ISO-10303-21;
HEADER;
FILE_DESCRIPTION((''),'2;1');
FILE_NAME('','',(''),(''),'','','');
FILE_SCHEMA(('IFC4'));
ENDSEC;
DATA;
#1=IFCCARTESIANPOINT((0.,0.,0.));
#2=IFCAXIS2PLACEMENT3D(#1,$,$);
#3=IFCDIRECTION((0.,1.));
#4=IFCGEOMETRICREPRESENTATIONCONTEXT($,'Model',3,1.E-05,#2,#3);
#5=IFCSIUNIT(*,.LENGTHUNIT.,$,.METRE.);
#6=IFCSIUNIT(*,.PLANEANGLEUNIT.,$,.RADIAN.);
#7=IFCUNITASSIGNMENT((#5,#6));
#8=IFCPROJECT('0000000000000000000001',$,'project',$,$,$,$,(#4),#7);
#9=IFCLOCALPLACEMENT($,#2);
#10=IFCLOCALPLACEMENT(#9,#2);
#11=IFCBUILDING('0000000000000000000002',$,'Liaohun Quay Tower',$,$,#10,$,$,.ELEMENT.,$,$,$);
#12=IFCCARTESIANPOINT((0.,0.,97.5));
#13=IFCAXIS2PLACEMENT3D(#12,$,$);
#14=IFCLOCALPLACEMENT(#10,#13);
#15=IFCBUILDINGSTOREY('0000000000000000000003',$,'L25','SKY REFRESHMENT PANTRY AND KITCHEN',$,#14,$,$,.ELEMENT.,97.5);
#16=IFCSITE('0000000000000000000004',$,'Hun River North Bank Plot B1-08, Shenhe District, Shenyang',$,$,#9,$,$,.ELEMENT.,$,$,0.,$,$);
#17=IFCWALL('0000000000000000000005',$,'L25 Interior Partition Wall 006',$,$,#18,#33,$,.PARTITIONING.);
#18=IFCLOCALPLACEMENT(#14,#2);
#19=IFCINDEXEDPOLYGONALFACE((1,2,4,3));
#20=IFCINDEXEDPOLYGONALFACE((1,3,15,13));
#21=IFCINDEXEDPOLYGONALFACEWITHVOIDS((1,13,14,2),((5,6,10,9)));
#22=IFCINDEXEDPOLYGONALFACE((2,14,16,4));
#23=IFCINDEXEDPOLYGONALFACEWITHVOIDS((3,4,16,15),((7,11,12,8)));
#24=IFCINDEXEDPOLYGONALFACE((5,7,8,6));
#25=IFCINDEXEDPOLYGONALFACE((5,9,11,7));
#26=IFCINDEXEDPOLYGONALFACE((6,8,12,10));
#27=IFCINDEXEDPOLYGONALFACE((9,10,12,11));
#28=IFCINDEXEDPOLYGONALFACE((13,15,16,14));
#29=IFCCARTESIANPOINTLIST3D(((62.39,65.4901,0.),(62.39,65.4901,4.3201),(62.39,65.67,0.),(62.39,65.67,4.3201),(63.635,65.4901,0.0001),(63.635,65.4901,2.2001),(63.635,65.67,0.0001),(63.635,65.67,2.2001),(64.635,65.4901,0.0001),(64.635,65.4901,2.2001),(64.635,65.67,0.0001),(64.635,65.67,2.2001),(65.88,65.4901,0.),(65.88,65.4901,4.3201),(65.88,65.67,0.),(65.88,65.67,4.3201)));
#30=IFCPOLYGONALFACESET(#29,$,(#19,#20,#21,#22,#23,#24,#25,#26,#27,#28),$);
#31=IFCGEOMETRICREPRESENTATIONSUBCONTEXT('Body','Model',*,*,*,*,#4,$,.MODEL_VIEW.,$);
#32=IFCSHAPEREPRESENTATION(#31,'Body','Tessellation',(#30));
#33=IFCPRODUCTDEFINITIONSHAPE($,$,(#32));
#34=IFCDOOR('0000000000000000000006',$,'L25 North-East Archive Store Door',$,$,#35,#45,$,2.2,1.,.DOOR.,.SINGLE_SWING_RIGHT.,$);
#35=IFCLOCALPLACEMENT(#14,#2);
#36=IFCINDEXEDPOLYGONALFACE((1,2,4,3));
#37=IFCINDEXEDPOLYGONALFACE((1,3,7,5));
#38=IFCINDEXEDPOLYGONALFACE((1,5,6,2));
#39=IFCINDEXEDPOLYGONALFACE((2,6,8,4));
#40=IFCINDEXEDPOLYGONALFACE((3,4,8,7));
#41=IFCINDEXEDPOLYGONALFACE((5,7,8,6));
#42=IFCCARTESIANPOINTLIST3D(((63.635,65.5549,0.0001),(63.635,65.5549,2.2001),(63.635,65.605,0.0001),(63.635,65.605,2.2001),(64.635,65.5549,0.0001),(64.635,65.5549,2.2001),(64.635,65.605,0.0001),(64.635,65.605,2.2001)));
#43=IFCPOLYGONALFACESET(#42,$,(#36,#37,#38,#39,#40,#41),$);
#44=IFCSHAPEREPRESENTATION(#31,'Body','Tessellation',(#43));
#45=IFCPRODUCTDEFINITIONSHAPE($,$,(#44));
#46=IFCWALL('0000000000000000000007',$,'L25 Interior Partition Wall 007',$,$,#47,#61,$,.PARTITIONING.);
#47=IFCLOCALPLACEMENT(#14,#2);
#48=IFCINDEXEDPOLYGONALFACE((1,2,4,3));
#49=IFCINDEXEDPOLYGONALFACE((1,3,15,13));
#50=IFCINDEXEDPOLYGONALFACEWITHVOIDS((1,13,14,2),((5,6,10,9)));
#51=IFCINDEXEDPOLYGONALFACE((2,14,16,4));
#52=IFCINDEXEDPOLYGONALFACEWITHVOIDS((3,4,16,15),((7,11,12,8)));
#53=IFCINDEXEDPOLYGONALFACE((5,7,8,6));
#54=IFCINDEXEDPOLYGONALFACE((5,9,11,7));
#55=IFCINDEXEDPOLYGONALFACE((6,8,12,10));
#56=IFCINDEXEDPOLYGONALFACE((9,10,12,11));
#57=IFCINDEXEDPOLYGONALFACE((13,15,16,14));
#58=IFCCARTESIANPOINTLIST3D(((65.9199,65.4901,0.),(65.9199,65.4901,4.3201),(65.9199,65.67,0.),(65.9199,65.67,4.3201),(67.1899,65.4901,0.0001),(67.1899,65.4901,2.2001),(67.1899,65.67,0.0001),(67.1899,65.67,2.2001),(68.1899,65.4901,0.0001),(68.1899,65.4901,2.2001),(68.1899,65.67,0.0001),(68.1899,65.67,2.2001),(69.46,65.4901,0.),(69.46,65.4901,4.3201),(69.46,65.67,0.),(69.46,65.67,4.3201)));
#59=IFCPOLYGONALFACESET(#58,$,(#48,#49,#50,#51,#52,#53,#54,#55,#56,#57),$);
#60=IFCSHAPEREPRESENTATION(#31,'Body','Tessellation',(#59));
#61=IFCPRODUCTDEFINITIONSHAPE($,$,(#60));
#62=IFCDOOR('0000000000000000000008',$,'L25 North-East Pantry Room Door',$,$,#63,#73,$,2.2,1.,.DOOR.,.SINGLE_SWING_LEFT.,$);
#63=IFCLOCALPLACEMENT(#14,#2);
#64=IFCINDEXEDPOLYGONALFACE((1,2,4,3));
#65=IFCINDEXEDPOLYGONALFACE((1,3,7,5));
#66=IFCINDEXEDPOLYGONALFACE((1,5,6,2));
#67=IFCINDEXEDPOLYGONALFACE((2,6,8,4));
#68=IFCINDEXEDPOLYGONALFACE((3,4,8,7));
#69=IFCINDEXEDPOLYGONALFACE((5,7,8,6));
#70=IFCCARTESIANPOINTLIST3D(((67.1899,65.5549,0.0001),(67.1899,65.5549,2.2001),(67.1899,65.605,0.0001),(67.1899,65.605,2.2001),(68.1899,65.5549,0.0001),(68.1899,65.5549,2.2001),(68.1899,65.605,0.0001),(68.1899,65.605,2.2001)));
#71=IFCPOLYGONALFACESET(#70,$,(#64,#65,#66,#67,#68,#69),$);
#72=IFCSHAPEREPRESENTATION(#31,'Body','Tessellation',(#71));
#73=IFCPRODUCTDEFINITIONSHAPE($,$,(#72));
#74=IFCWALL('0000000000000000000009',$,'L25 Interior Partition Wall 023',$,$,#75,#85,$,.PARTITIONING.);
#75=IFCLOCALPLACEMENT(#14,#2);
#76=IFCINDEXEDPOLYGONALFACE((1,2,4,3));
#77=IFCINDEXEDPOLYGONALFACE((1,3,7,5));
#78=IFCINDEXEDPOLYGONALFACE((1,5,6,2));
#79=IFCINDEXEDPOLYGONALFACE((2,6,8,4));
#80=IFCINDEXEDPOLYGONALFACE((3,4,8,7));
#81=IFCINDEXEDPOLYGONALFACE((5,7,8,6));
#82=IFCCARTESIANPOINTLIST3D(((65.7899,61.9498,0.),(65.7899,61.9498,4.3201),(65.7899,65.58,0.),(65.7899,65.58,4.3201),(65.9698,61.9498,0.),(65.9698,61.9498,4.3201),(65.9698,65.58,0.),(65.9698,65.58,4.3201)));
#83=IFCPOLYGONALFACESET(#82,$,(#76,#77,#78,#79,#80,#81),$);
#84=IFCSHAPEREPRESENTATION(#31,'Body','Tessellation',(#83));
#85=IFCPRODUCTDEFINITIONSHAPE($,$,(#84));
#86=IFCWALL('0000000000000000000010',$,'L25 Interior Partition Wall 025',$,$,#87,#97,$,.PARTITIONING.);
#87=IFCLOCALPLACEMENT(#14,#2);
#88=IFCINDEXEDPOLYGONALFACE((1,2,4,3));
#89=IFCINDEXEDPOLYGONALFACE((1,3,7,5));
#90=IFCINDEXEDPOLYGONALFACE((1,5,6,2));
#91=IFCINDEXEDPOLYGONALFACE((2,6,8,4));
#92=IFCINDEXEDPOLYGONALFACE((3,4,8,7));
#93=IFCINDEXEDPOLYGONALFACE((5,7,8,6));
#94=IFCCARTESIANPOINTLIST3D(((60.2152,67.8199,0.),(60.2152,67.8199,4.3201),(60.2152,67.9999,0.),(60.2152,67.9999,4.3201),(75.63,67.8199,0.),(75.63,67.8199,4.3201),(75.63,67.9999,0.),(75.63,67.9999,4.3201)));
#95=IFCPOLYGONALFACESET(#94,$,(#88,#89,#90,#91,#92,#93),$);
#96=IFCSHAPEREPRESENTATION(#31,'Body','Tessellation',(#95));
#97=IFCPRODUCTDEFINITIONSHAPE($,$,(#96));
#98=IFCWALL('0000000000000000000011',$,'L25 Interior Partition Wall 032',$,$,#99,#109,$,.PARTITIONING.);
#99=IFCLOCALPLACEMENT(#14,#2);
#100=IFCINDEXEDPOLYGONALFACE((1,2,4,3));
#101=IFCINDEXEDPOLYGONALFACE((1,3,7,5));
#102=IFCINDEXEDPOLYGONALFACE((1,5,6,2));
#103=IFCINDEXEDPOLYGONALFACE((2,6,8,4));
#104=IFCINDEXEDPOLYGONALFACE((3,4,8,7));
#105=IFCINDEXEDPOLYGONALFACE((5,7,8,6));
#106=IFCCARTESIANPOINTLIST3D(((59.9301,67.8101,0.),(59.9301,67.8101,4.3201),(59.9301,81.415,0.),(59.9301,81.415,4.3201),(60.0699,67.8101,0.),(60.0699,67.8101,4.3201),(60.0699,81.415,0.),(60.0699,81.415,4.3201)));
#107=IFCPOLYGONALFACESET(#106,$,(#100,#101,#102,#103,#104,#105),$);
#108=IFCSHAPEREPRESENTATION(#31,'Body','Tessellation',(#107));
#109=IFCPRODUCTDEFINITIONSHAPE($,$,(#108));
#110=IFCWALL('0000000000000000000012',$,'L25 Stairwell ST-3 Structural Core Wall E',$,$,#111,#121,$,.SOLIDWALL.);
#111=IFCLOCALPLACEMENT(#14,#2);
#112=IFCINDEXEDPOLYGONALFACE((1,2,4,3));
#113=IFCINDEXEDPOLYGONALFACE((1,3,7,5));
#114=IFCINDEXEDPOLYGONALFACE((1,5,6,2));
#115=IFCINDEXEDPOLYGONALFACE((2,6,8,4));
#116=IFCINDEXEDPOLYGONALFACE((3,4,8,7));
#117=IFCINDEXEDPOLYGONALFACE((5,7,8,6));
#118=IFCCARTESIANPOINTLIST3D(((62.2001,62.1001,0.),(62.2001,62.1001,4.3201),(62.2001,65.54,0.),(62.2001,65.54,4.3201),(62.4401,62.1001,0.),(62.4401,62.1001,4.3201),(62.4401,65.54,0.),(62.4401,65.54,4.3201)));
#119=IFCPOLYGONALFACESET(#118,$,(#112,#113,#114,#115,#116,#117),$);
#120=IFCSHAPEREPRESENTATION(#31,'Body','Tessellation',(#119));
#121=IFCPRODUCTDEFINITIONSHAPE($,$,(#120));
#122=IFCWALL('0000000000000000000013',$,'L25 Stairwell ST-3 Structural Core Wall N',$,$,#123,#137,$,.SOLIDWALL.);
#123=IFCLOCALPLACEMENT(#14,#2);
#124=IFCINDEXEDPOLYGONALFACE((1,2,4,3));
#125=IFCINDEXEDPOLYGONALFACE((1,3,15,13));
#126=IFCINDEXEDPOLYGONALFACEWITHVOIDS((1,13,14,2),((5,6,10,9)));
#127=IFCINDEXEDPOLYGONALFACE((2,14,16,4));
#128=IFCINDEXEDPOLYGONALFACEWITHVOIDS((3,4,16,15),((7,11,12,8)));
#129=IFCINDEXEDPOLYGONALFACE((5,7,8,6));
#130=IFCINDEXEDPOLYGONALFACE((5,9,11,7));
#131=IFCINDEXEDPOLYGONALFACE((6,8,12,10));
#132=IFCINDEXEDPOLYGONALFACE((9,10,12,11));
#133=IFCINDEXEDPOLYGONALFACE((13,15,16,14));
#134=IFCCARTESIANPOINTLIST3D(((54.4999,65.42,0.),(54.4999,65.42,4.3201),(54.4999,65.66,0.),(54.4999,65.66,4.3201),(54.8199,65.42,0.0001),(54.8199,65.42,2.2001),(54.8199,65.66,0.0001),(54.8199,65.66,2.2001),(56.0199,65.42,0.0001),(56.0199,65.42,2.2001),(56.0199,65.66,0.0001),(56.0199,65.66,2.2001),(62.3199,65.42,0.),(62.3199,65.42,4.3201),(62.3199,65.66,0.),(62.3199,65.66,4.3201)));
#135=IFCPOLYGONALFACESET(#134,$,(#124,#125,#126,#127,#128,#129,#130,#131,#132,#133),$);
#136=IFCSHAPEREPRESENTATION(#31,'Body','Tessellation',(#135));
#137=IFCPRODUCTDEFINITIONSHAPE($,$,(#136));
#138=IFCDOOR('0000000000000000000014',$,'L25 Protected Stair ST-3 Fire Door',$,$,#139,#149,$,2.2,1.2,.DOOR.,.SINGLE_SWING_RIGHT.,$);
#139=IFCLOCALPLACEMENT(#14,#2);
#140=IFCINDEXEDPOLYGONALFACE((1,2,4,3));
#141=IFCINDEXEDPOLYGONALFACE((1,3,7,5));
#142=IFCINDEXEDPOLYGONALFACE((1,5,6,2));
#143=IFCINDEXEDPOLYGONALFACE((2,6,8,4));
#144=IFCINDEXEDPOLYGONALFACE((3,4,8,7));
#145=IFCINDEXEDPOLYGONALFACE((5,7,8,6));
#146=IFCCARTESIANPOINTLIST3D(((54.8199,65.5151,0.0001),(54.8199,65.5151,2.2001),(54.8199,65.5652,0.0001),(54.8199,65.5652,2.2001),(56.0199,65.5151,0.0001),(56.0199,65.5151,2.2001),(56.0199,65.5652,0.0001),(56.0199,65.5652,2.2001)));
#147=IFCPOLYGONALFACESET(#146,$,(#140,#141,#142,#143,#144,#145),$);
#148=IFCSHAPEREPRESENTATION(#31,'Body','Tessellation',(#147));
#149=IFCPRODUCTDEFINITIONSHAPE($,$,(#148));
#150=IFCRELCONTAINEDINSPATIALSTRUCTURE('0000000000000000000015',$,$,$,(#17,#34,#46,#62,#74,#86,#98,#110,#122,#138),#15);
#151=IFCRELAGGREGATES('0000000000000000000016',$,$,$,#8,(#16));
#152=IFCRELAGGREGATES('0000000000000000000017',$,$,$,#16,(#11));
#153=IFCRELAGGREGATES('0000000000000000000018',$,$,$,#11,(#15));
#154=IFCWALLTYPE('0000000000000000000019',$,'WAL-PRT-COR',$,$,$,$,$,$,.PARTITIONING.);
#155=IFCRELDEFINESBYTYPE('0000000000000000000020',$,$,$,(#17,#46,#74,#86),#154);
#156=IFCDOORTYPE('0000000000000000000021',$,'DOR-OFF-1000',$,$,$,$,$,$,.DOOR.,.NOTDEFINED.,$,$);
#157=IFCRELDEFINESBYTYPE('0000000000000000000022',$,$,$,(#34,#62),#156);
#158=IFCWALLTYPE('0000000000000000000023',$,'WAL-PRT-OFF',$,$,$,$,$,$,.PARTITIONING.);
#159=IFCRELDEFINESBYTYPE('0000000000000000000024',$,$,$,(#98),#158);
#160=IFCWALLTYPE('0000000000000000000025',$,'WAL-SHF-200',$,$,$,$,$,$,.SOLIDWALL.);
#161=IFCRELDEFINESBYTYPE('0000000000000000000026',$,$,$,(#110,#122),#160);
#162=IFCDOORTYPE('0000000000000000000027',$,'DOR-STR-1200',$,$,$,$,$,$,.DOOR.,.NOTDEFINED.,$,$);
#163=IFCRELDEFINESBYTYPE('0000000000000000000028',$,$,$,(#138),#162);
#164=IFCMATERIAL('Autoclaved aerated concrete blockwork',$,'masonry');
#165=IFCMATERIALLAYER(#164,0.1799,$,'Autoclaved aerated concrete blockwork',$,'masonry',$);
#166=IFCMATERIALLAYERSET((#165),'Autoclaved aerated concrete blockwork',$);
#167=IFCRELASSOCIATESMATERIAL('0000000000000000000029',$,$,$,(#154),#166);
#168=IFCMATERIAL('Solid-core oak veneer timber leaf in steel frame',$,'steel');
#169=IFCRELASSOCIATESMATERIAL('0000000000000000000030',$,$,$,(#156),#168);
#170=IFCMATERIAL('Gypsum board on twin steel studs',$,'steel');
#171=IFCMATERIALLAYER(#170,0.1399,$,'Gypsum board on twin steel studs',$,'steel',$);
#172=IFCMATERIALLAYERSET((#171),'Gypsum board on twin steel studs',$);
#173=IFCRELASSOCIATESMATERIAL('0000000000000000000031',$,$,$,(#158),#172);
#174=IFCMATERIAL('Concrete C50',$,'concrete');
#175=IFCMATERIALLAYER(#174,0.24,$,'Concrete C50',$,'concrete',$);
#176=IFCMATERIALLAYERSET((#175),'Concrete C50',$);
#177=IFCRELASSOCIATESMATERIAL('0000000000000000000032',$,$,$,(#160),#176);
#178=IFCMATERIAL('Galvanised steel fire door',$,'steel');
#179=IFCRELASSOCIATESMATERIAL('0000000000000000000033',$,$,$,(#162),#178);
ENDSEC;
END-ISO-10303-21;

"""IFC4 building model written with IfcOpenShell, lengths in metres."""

from ifc_helpers import new_model, si_unit, direction, frame, frame_2d, origin, place, context, subcontext, project, spatial, rectangle, extrude, source, transform, mapped, material, layer, layer_set, type_object, element, fill, save


model = new_model("IFC4")

# Units and contexts
model_context = context("Model", 3, precision=1e-05, world=origin(), true_north=direction((0.0, 1.0)))
body_context = subcontext(model_context, "Body", "Model", "MODEL_VIEW")
ifc_project = project(units=[si_unit("LENGTHUNIT", "METRE"), si_unit("PLANEANGLEUNIT", "RADIAN")], contexts=[model_context])

# Site, building, storey
site_placement = place(None, origin())
site = spatial("IfcSite", under=ifc_project, at=site_placement, Name="Hun River North Bank Plot B1-08, Shenhe District, Shenyang", CompositionType="ELEMENT", RefElevation=0.0)
building_placement = place(site_placement, origin())
building = spatial("IfcBuilding", under=site, at=building_placement, Name="Liaohun Quay Tower", CompositionType="ELEMENT")
storey_placement = place(building_placement, frame((0.0, 0.0, 97.5)))
storey = spatial("IfcBuildingStorey", under=building, at=storey_placement, Name="L25", Description="SKY REFRESHMENT PANTRY AND KITCHEN", CompositionType="ELEMENT", Elevation=97.5)

# Walls, openings, doors
ifc_material_1 = material(Name="Autoclaved aerated concrete blockwork", Category="masonry")
ifc_layer_1 = layer(ifc_material_1, 0.1799, Name="Autoclaved aerated concrete blockwork", Category="masonry")
ifc_layer_set_1 = layer_set([ifc_layer_1], Name="Autoclaved aerated concrete blockwork")
wall_type_1 = type_object("IfcWallType", Name="WAL-PRT-COR", PredefinedType="PARTITIONING", material=ifc_layer_set_1)
wall_1_placement = place(storey_placement, frame((62.3899, 65.5801, 0.0), z_axis=(0.0, 0.0, 1.0), x_axis=(1.0, 0.0, 0.0)))
wall_1 = element("IfcWall", 1, at=wall_1_placement, inside=storey, type_object=wall_type_1, Name="L25 Interior Partition Wall 006", PredefinedType="PARTITIONING", context=body_context, shape_type="SweptSolid", body=[
    extrude(rectangle(XDim=3.49, YDim=0.1799, at=frame_2d((1.7451, 0.0))), origin(), (0.0, 0.0, 1.0), 4.3201),
])
shared_shape_1 = source(origin(), body_context, "Body", "SweptSolid", [
    extrude(rectangle(XDim=1.0, YDim=2.2, at=frame_2d((0.5, 1.1001))), frame((0.0, 0.0999, 0.0), z_axis=(0.0, -1.0, 0.0), x_axis=(1.0, 0.0, 0.0)), (0.0, 0.0, 1.0), 0.2),
])
opening_1_placement = place(wall_1_placement, frame((1.2451, 0.0, 0.0)))
opening_1 = element("IfcOpeningElement", 2, at=opening_1_placement, cuts=wall_1, PredefinedType="OPENING", context=body_context, shape_type="MappedRepresentation", body=[
    mapped(shared_shape_1, transform((0.0, 0.0, 0.0), x_axis=(1.0, 0.0, 0.0), y_axis=(0.0, 1.0, 0.0), z_axis=(0.0, 0.0, 1.0), scale=1.0)),
])
ifc_material_2 = material(Name="Solid-core oak veneer timber leaf in steel frame", Category="steel")
door_type_1 = type_object("IfcDoorType", Name="DOR-OFF-1000", OperationType="NOTDEFINED", PredefinedType="DOOR", material=ifc_material_2)
shared_shape_2 = source(origin(), body_context, "Body", "SweptSolid", [
    extrude(rectangle(XDim=1.0, YDim=2.2, at=frame_2d((0.5, 1.1001))), frame((0.0, 0.0249, 0.0), z_axis=(0.0, -1.0, 0.0), x_axis=(1.0, 0.0, 0.0)), (0.0, 0.0, 1.0), 0.05),
])
door_1_placement = place(opening_1_placement, origin())
door_1 = element("IfcDoor", 3, at=door_1_placement, inside=storey, type_object=door_type_1, Name="L25 North-East Archive Store Door", OperationType="SINGLE_SWING_RIGHT", OverallHeight=2.2, OverallWidth=1.0, PredefinedType="DOOR", context=body_context, shape_type="MappedRepresentation", body=[
    mapped(shared_shape_2, transform((0.0, 0.0, 0.0), x_axis=(1.0, 0.0, 0.0), y_axis=(0.0, 1.0, 0.0), z_axis=(0.0, 0.0, 1.0), scale=1.0)),
])
fill(opening_1, door_1)
wall_2_placement = place(storey_placement, frame((65.9199, 65.5801, 0.0), z_axis=(0.0, 0.0, 1.0), x_axis=(1.0, 0.0, 0.0)))
wall_2 = element("IfcWall", 4, at=wall_2_placement, inside=storey, type_object=wall_type_1, Name="L25 Interior Partition Wall 007", PredefinedType="PARTITIONING", context=body_context, shape_type="SweptSolid", body=[
    extrude(rectangle(XDim=3.54, YDim=0.1799, at=frame_2d((1.77, 0.0))), origin(), (0.0, 0.0, 1.0), 4.3201),
])
opening_2_placement = place(wall_2_placement, frame((1.27, 0.0, 0.0)))
opening_2 = element("IfcOpeningElement", 5, at=opening_2_placement, cuts=wall_2, PredefinedType="OPENING", context=body_context, shape_type="MappedRepresentation", body=[
    mapped(shared_shape_1, transform((0.0, 0.0, 0.0), x_axis=(1.0, 0.0, 0.0), y_axis=(0.0, 1.0, 0.0), z_axis=(0.0, 0.0, 1.0), scale=1.0)),
])
door_2_placement = place(opening_2_placement, origin())
door_2 = element("IfcDoor", 6, at=door_2_placement, inside=storey, type_object=door_type_1, Name="L25 North-East Pantry Room Door", OperationType="SINGLE_SWING_LEFT", OverallHeight=2.2, OverallWidth=1.0, PredefinedType="DOOR", context=body_context, shape_type="MappedRepresentation", body=[
    mapped(shared_shape_2, transform((0.0, 0.0, 0.0), x_axis=(1.0, 0.0, 0.0), y_axis=(0.0, 1.0, 0.0), z_axis=(0.0, 0.0, 1.0), scale=1.0)),
])
fill(opening_2, door_2)

# Walls
wall_3_placement = place(storey_placement, frame((65.8799, 61.95, 0.0), z_axis=(0.0, 0.0, 1.0), x_axis=(0.0, 1.0, 0.0)))
element("IfcWall", 7, at=wall_3_placement, inside=storey, type_object=wall_type_1, Name="L25 Interior Partition Wall 023", PredefinedType="PARTITIONING", context=body_context, shape_type="SweptSolid", body=[
    extrude(rectangle(XDim=3.6301, YDim=0.1799, at=frame_2d((1.8149, 0.0))), origin(), (0.0, 0.0, 1.0), 4.3201),
])
wall_4_placement = place(storey_placement, frame((60.2151, 67.9099, 0.0), z_axis=(0.0, 0.0, 1.0), x_axis=(1.0, 0.0, 0.0)))
element("IfcWall", 8, at=wall_4_placement, inside=storey, type_object=wall_type_1, Name="L25 Interior Partition Wall 025", PredefinedType="PARTITIONING", context=body_context, shape_type="SweptSolid", body=[
    extrude(rectangle(XDim=15.4148, YDim=0.1799, at=frame_2d((7.7075, 0.0))), origin(), (0.0, 0.0, 1.0), 4.3201),
])
ifc_material_3 = material(Name="Gypsum board on twin steel studs", Category="steel")
ifc_layer_2 = layer(ifc_material_3, 0.1399, Name="Gypsum board on twin steel studs", Category="steel")
ifc_layer_set_2 = layer_set([ifc_layer_2], Name="Gypsum board on twin steel studs")
wall_type_2 = type_object("IfcWallType", Name="WAL-PRT-OFF", PredefinedType="PARTITIONING", material=ifc_layer_set_2)
wall_5_placement = place(storey_placement, frame((60.0, 67.8101, 0.0), z_axis=(0.0, 0.0, 1.0), x_axis=(0.0, 1.0, 0.0)))
element("IfcWall", 9, at=wall_5_placement, inside=storey, type_object=wall_type_2, Name="L25 Interior Partition Wall 032", PredefinedType="PARTITIONING", context=body_context, shape_type="SweptSolid", body=[
    extrude(rectangle(XDim=13.605, YDim=0.1399, at=frame_2d((6.8025, 0.0))), origin(), (0.0, 0.0, 1.0), 4.3201),
])
ifc_material_4 = material(Name="Concrete C50", Category="concrete")
ifc_layer_3 = layer(ifc_material_4, 0.24, Name="Concrete C50", Category="concrete")
ifc_layer_set_3 = layer_set([ifc_layer_3], Name="Concrete C50")
wall_type_3 = type_object("IfcWallType", Name="WAL-SHF-200", PredefinedType="SOLIDWALL", material=ifc_layer_set_3)
wall_6_placement = place(storey_placement, frame((62.3201, 62.1001, 0.0), z_axis=(0.0, 0.0, 1.0), x_axis=(0.0, 1.0, 0.0)))
element("IfcWall", 10, at=wall_6_placement, inside=storey, type_object=wall_type_3, Name="L25 Stairwell ST-3 Structural Core Wall E", PredefinedType="SOLIDWALL", context=body_context, shape_type="SweptSolid", body=[
    extrude(rectangle(XDim=3.4399, YDim=0.24, at=frame_2d((1.72, 0.0))), origin(), (0.0, 0.0, 1.0), 4.3201),
])

# Wall, opening, door
wall_7_placement = place(storey_placement, frame((62.3201, 65.54, 0.0), z_axis=(0.0, 0.0, 1.0), x_axis=(-1.0, 0.0, 0.0)))
wall_7 = element("IfcWall", 11, at=wall_7_placement, inside=storey, type_object=wall_type_3, Name="L25 Stairwell ST-3 Structural Core Wall N", PredefinedType="SOLIDWALL", context=body_context, shape_type="SweptSolid", body=[
    extrude(rectangle(XDim=7.8201, YDim=0.24, at=frame_2d((3.9102, 0.0))), origin(), (0.0, 0.0, 1.0), 4.3201),
])
shared_shape_3 = source(origin(), body_context, "Body", "SweptSolid", [
    extrude(rectangle(XDim=1.2, YDim=2.2, at=frame_2d((0.6001, 1.1001))), frame((0.0, 0.1299, 0.0), z_axis=(0.0, -1.0, 0.0), x_axis=(1.0, 0.0, 0.0)), (0.0, 0.0, 1.0), 0.26),
])
opening_3_placement = place(wall_7_placement, frame((6.3, 0.0, 0.0)))
opening_3 = element("IfcOpeningElement", 12, at=opening_3_placement, cuts=wall_7, PredefinedType="OPENING", context=body_context, shape_type="MappedRepresentation", body=[
    mapped(shared_shape_3, transform((0.0, 0.0, 0.0), x_axis=(1.0, 0.0, 0.0), y_axis=(0.0, 1.0, 0.0), z_axis=(0.0, 0.0, 1.0), scale=1.0)),
])
ifc_material_5 = material(Name="Galvanised steel fire door", Category="steel")
door_type_2 = type_object("IfcDoorType", Name="DOR-STR-1200", OperationType="NOTDEFINED", PredefinedType="DOOR", material=ifc_material_5)
shared_shape_4 = source(origin(), body_context, "Body", "SweptSolid", [
    extrude(rectangle(XDim=1.2, YDim=2.2, at=frame_2d((0.6001, 1.1001))), frame((0.0, 0.0249, 0.0), z_axis=(0.0, -1.0, 0.0), x_axis=(1.0, 0.0, 0.0)), (0.0, 0.0, 1.0), 0.05),
])
door_3_placement = place(opening_3_placement, origin())
door_3 = element("IfcDoor", 13, at=door_3_placement, inside=storey, type_object=door_type_2, Name="L25 Protected Stair ST-3 Fire Door", OperationType="SINGLE_SWING_RIGHT", OverallHeight=2.2, OverallWidth=1.2, PredefinedType="DOOR", context=body_context, shape_type="MappedRepresentation", body=[
    mapped(shared_shape_4, transform((0.0, 0.0, 0.0), x_axis=(1.0, 0.0, 0.0), y_axis=(0.0, 1.0, 0.0), z_axis=(0.0, 0.0, 1.0), scale=1.0)),
])
fill(opening_3, door_3)

save(model, "model.ifc")
